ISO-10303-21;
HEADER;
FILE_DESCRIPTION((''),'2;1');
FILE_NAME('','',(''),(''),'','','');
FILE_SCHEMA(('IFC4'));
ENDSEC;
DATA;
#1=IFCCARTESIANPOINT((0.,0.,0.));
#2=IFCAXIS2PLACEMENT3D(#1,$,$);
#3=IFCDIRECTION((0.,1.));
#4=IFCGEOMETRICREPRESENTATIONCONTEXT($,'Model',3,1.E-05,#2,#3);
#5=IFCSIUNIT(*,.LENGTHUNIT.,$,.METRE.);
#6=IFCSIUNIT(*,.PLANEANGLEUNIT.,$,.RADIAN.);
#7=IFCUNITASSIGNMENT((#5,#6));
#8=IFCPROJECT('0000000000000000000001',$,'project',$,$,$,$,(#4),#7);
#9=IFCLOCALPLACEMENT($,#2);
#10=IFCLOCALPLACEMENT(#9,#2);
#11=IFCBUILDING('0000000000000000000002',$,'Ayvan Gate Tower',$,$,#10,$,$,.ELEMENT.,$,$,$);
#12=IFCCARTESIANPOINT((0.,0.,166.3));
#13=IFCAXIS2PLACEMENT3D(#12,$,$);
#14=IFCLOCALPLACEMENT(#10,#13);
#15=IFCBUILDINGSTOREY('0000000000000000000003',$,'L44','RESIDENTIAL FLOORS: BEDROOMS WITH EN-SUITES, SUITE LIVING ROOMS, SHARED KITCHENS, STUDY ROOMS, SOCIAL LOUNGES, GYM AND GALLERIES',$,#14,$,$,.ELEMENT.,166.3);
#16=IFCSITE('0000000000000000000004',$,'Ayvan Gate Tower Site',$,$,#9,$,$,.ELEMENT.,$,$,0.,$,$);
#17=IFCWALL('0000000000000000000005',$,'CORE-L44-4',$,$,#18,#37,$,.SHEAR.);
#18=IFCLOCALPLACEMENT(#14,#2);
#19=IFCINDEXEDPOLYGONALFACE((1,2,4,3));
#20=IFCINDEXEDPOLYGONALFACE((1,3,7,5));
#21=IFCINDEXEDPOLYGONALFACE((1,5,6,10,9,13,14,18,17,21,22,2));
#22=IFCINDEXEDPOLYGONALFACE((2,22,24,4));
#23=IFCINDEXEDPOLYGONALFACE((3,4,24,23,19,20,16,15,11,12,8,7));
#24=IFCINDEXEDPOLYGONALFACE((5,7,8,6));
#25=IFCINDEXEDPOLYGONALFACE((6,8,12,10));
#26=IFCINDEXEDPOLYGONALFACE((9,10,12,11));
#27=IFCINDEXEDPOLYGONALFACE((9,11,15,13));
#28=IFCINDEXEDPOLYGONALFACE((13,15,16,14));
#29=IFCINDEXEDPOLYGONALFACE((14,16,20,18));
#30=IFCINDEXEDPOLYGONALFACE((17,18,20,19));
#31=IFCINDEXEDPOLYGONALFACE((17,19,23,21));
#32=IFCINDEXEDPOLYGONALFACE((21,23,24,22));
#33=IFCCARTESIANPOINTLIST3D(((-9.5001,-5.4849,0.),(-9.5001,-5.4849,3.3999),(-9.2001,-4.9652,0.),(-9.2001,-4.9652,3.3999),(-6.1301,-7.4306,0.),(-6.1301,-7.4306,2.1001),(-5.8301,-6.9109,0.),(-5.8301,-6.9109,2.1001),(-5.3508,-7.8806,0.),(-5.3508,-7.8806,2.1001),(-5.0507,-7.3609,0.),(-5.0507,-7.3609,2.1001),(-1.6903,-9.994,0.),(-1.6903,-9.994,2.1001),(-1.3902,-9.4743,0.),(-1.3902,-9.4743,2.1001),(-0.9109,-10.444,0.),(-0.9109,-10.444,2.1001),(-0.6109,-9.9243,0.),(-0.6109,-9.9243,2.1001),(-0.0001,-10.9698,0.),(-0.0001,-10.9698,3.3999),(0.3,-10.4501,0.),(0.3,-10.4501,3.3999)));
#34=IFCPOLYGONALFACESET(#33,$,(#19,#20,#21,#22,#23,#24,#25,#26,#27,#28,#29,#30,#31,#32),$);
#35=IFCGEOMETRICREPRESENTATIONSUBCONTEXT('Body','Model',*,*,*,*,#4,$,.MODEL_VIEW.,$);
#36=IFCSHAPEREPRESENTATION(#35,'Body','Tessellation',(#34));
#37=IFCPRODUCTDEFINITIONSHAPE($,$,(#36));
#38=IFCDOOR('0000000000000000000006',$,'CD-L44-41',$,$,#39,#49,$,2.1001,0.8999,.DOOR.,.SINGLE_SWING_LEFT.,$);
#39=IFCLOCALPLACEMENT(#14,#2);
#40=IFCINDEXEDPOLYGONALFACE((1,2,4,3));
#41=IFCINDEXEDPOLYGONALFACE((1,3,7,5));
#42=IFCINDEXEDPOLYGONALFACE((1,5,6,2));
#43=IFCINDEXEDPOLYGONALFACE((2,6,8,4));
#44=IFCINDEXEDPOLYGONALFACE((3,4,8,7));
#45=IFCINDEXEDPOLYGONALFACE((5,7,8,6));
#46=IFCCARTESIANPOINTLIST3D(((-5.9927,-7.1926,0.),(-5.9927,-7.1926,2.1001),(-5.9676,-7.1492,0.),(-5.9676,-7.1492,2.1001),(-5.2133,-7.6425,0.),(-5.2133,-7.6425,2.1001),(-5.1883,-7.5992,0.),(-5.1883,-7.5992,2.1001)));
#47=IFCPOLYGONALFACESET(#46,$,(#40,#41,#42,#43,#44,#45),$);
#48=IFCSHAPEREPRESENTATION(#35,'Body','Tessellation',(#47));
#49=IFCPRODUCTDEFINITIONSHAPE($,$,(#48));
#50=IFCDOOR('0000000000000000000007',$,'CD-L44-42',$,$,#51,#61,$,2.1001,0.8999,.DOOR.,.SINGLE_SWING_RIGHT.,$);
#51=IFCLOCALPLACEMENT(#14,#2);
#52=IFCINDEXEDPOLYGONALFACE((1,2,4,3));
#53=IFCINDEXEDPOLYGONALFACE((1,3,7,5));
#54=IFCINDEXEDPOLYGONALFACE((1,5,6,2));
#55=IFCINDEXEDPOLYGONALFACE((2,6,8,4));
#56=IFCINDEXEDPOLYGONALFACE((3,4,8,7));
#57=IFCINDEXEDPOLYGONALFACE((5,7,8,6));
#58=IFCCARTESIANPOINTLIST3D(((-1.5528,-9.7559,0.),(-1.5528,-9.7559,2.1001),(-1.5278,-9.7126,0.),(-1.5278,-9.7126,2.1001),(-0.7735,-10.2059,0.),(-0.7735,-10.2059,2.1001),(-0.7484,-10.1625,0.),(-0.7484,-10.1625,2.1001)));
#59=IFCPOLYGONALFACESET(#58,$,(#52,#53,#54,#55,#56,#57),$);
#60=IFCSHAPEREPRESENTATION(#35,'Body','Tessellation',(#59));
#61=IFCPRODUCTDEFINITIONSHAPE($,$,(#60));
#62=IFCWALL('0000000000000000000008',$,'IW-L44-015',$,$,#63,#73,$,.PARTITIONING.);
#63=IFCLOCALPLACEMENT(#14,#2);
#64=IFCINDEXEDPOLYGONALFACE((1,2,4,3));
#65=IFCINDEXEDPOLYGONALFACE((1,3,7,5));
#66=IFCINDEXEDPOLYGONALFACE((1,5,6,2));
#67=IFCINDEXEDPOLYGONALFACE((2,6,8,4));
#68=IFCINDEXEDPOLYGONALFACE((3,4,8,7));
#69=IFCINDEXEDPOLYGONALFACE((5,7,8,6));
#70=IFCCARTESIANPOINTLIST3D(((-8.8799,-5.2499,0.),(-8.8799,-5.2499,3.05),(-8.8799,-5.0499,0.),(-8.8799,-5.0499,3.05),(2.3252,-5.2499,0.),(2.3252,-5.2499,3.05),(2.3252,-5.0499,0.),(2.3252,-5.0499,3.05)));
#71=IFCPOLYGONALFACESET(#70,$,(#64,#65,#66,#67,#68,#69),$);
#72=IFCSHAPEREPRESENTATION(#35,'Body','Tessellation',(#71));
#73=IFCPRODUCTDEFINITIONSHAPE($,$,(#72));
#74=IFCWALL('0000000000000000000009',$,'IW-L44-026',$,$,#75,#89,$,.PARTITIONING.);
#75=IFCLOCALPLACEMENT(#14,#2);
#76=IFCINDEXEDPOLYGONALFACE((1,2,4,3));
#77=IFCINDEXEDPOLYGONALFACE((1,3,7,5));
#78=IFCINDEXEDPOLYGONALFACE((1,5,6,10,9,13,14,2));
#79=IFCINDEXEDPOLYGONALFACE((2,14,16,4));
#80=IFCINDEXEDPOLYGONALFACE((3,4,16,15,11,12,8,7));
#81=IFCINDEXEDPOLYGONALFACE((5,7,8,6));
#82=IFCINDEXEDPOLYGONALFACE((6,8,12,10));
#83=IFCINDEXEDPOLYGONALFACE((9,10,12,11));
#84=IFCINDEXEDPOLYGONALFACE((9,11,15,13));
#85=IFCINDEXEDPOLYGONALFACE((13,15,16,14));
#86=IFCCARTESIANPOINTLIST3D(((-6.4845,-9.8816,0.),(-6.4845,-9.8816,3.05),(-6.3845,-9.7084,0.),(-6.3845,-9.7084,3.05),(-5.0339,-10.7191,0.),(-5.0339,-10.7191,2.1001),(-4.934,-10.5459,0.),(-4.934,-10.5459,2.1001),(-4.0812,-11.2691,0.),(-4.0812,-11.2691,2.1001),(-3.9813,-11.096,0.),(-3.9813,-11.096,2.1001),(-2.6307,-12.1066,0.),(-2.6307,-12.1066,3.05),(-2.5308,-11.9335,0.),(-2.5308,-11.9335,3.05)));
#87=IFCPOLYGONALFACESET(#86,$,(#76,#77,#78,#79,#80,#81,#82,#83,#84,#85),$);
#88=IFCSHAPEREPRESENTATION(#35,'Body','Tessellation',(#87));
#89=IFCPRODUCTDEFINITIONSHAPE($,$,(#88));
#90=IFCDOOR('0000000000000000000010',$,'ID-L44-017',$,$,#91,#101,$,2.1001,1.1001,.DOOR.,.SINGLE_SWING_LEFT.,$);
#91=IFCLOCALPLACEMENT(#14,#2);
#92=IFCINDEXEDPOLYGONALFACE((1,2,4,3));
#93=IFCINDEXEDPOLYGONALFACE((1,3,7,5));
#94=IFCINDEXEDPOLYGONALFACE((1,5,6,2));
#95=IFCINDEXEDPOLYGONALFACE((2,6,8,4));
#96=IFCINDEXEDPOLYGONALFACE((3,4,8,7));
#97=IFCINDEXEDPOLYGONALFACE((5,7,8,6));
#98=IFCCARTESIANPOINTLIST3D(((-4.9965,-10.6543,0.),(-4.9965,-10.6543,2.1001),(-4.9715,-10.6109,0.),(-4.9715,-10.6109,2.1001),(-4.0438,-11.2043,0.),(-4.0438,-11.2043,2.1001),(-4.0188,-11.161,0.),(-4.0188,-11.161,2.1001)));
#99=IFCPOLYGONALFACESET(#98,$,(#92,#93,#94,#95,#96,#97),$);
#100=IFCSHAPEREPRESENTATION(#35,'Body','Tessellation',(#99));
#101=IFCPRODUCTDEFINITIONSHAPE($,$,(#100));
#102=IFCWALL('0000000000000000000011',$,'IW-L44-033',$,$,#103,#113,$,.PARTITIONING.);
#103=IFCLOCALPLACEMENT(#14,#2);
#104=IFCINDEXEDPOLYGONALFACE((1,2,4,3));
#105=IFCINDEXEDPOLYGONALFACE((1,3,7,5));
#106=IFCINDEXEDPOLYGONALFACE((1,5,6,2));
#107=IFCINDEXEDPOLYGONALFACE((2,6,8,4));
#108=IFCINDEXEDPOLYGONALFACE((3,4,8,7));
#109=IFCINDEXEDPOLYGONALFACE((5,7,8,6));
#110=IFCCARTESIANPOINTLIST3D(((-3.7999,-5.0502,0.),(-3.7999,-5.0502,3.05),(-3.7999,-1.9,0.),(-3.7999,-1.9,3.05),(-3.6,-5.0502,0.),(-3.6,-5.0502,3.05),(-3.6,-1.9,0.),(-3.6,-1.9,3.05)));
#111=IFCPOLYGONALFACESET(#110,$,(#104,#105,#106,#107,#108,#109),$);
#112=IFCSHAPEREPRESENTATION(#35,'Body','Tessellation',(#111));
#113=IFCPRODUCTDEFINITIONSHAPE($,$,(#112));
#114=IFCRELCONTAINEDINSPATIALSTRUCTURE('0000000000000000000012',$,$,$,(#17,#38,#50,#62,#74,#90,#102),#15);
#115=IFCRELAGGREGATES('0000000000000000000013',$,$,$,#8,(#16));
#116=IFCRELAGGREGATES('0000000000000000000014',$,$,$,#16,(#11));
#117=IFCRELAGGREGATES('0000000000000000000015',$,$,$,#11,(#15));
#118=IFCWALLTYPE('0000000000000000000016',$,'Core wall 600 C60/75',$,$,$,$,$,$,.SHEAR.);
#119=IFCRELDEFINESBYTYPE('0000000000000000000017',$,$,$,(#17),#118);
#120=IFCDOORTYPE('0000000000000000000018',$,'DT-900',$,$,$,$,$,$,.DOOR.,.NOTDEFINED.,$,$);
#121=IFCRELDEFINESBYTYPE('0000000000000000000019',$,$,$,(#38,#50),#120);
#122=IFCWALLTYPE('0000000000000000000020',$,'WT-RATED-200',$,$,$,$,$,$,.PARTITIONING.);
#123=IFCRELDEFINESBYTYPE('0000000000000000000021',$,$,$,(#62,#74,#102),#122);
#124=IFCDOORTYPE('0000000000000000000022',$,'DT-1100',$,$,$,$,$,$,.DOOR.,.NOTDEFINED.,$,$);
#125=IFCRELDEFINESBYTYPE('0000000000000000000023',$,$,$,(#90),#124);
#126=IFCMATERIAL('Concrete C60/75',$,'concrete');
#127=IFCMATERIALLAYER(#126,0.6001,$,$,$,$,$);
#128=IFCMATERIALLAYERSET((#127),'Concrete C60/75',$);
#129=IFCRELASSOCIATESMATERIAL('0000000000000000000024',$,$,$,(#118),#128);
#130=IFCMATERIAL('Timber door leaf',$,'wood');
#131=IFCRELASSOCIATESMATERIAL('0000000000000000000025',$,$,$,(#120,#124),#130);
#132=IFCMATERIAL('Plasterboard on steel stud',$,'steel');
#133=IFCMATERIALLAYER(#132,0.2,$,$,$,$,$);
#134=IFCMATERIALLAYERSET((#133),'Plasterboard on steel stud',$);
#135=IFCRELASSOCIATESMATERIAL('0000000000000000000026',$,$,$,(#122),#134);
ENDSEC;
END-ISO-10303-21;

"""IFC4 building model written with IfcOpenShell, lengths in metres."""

from ifc_helpers import new_model, si_unit, direction, frame, frame_2d, origin, place, context, subcontext, project, spatial, rectangle, extrude, material, layer, layer_set, type_object, element, fill, save


model = new_model("IFC4")

# Units and contexts
model_context = context("Model", 3, precision=1e-05, world=origin(), true_north=direction((0.0, 1.0)))
body_context = subcontext(model_context, "Body", "Model", "MODEL_VIEW")
ifc_project = project(units=[si_unit("LENGTHUNIT", "METRE"), si_unit("PLANEANGLEUNIT", "RADIAN")], contexts=[model_context])

# Site, building, storey
site_placement = place(None, origin())
site = spatial("IfcSite", under=ifc_project, at=site_placement, Name="Ayvan Gate Tower Site", CompositionType="ELEMENT", RefElevation=0.0)
building_placement = place(site_placement, origin())
building = spatial("IfcBuilding", under=site, at=building_placement, Name="Ayvan Gate Tower", CompositionType="ELEMENT")
storey_placement = place(building_placement, frame((0.0, 0.0, 166.3)))
storey = spatial("IfcBuildingStorey", under=building, at=storey_placement, Name="L44", Description="RESIDENTIAL FLOORS: BEDROOMS WITH EN-SUITES, SUITE LIVING ROOMS, SHARED KITCHENS, STUDY ROOMS, SOCIAL LOUNGES, GYM AND GALLERIES", CompositionType="ELEMENT", Elevation=166.3)

# Wall, openings, doors
ifc_material_1 = material(Name="Concrete C60/75", Category="concrete")
ifc_layer_1 = layer(ifc_material_1, 0.6001)
ifc_layer_set_1 = layer_set([ifc_layer_1], Name="Concrete C60/75")
wall_type_1 = type_object("IfcWallType", Name="Core wall 600 C60/75", PredefinedType="SHEAR", material=ifc_layer_set_1)
wall_1_placement = place(storey_placement, frame((-9.3501, -5.2251, 0.0), z_axis=(0.0, 0.0, 1.0), x_axis=(0.866024, -0.500002, 0.0)))
wall_1 = element("IfcWall", 1, at=wall_1_placement, inside=storey, type_object=wall_type_1, Name="CORE-L44-4", PredefinedType="SHEAR", context=body_context, shape_type="SweptSolid", body=[
    extrude(rectangle(XDim=10.9697, YDim=0.6001, at=frame_2d((5.4849, 0.0))), origin(), (0.0, 0.0, 1.0), 3.3999),
])
opening_1_placement = place(wall_1_placement, frame((3.8914, 0.0, 0.0)))
opening_1 = element("IfcOpeningElement", 2, at=opening_1_placement, cuts=wall_1, PredefinedType="OPENING", context=body_context, shape_type="SweptSolid", body=[
    extrude(rectangle(XDim=0.8999, YDim=2.1001, at=frame_2d((0.45, 1.05))), frame((0.0, 0.3101, 0.0), z_axis=(0.0, -1.0, 0.0), x_axis=(1.0, 0.0, 0.0)), (0.0, 0.0, 1.0), 0.6201),
])
opening_2_placement = place(wall_1_placement, frame((9.0181, 0.0, 0.0)))
opening_2 = element("IfcOpeningElement", 3, at=opening_2_placement, cuts=wall_1, PredefinedType="OPENING", context=body_context, shape_type="SweptSolid", body=[
    extrude(rectangle(XDim=0.8999, YDim=2.1001, at=frame_2d((0.45, 1.05))), frame((0.0, 0.3101, 0.0), z_axis=(0.0, -1.0, 0.0), x_axis=(1.0, 0.0, 0.0)), (0.0, 0.0, 1.0), 0.6201),
])
ifc_material_2 = material(Name="Timber door leaf", Category="wood")
door_type_1 = type_object("IfcDoorType", Name="DT-900", OperationType="NOTDEFINED", PredefinedType="DOOR", material=ifc_material_2)
door_1_placement = place(opening_1_placement, origin())
door_1 = element("IfcDoor", 4, at=door_1_placement, inside=storey, type_object=door_type_1, Name="CD-L44-41", OperationType="SINGLE_SWING_LEFT", OverallHeight=2.1001, OverallWidth=0.8999, PredefinedType="DOOR", context=body_context, shape_type="SweptSolid", body=[
    extrude(rectangle(XDim=0.8999, YDim=2.1001, at=frame_2d((0.45, 1.05))), frame((0.0, 0.0249, 0.0), z_axis=(0.0, -1.0, 0.0), x_axis=(1.0, 0.0, 0.0)), (0.0, 0.0, 1.0), 0.05),
])
fill(opening_1, door_1)
door_2_placement = place(opening_2_placement, origin())
door_2 = element("IfcDoor", 5, at=door_2_placement, inside=storey, type_object=door_type_1, Name="CD-L44-42", OperationType="SINGLE_SWING_RIGHT", OverallHeight=2.1001, OverallWidth=0.8999, PredefinedType="DOOR", context=body_context, shape_type="SweptSolid", body=[
    extrude(rectangle(XDim=0.8999, YDim=2.1001, at=frame_2d((0.45, 1.05))), frame((0.0, 0.0249, 0.0), z_axis=(0.0, -1.0, 0.0), x_axis=(1.0, 0.0, 0.0)), (0.0, 0.0, 1.0), 0.05),
])
fill(opening_2, door_2)

# Wall
ifc_material_3 = material(Name="Plasterboard on steel stud", Category="steel")
ifc_layer_2 = layer(ifc_material_3, 0.2)
ifc_layer_set_2 = layer_set([ifc_layer_2], Name="Plasterboard on steel stud")
wall_type_2 = type_object("IfcWallType", Name="WT-RATED-200", PredefinedType="PARTITIONING", material=ifc_layer_set_2)
wall_2_placement = place(storey_placement, frame((-8.8799, -5.1499, 0.0), z_axis=(0.0, 0.0, 1.0), x_axis=(1.0, 0.0, 0.0)))
element("IfcWall", 6, at=wall_2_placement, inside=storey, type_object=wall_type_2, Name="IW-L44-015", PredefinedType="PARTITIONING", context=body_context, shape_type="SweptSolid", body=[
    extrude(rectangle(XDim=11.2051, YDim=0.2, at=frame_2d((5.6025, 0.0))), origin(), (0.0, 0.0, 1.0), 3.05),
])

# Wall, opening, door
wall_3_placement = place(storey_placement, frame((-6.4346, -9.7949, 0.0), z_axis=(0.0, 0.0, 1.0), x_axis=(0.866013, -0.500022, 0.0)))
wall_3 = element("IfcWall", 7, at=wall_3_placement, inside=storey, type_object=wall_type_2, Name="IW-L44-026", PredefinedType="PARTITIONING", context=body_context, shape_type="SweptSolid", body=[
    extrude(rectangle(XDim=4.45, YDim=0.2, at=frame_2d((2.2251, 0.0))), origin(), (0.0, 0.0, 1.0), 3.05),
])
opening_3_placement = place(wall_3_placement, frame((1.675, 0.0, 0.0)))
opening_3 = element("IfcOpeningElement", 8, at=opening_3_placement, cuts=wall_3, PredefinedType="OPENING", context=body_context, shape_type="SweptSolid", body=[
    extrude(rectangle(XDim=1.1001, YDim=2.1001, at=frame_2d((0.55, 1.05))), frame((0.0, 0.1099, 0.0), z_axis=(0.0, -1.0, 0.0), x_axis=(1.0, 0.0, 0.0)), (0.0, 0.0, 1.0), 0.22),
])
door_type_2 = type_object("IfcDoorType", Name="DT-1100", OperationType="NOTDEFINED", PredefinedType="DOOR", material=ifc_material_2)
door_3_placement = place(opening_3_placement, origin())
door_3 = element("IfcDoor", 9, at=door_3_placement, inside=storey, type_object=door_type_2, Name="ID-L44-017", OperationType="SINGLE_SWING_LEFT", OverallHeight=2.1001, OverallWidth=1.1001, PredefinedType="DOOR", context=body_context, shape_type="SweptSolid", body=[
    extrude(rectangle(XDim=1.1001, YDim=2.1001, at=frame_2d((0.55, 1.05))), frame((0.0, 0.0249, 0.0), z_axis=(0.0, -1.0, 0.0), x_axis=(1.0, 0.0, 0.0)), (0.0, 0.0, 1.0), 0.05),
])
fill(opening_3, door_3)

# Wall
wall_4_placement = place(storey_placement, frame((-3.7, -1.8999, 0.0), z_axis=(0.0, 0.0, 1.0), x_axis=(0.0, -1.0, 0.0)))
element("IfcWall", 10, at=wall_4_placement, inside=storey, type_object=wall_type_2, Name="IW-L44-033", PredefinedType="PARTITIONING", context=body_context, shape_type="SweptSolid", body=[
    extrude(rectangle(XDim=3.1501, YDim=0.2, at=frame_2d((1.5752, 0.0))), origin(), (0.0, 0.0, 1.0), 3.05),
])

save(model, "model.ifc")
